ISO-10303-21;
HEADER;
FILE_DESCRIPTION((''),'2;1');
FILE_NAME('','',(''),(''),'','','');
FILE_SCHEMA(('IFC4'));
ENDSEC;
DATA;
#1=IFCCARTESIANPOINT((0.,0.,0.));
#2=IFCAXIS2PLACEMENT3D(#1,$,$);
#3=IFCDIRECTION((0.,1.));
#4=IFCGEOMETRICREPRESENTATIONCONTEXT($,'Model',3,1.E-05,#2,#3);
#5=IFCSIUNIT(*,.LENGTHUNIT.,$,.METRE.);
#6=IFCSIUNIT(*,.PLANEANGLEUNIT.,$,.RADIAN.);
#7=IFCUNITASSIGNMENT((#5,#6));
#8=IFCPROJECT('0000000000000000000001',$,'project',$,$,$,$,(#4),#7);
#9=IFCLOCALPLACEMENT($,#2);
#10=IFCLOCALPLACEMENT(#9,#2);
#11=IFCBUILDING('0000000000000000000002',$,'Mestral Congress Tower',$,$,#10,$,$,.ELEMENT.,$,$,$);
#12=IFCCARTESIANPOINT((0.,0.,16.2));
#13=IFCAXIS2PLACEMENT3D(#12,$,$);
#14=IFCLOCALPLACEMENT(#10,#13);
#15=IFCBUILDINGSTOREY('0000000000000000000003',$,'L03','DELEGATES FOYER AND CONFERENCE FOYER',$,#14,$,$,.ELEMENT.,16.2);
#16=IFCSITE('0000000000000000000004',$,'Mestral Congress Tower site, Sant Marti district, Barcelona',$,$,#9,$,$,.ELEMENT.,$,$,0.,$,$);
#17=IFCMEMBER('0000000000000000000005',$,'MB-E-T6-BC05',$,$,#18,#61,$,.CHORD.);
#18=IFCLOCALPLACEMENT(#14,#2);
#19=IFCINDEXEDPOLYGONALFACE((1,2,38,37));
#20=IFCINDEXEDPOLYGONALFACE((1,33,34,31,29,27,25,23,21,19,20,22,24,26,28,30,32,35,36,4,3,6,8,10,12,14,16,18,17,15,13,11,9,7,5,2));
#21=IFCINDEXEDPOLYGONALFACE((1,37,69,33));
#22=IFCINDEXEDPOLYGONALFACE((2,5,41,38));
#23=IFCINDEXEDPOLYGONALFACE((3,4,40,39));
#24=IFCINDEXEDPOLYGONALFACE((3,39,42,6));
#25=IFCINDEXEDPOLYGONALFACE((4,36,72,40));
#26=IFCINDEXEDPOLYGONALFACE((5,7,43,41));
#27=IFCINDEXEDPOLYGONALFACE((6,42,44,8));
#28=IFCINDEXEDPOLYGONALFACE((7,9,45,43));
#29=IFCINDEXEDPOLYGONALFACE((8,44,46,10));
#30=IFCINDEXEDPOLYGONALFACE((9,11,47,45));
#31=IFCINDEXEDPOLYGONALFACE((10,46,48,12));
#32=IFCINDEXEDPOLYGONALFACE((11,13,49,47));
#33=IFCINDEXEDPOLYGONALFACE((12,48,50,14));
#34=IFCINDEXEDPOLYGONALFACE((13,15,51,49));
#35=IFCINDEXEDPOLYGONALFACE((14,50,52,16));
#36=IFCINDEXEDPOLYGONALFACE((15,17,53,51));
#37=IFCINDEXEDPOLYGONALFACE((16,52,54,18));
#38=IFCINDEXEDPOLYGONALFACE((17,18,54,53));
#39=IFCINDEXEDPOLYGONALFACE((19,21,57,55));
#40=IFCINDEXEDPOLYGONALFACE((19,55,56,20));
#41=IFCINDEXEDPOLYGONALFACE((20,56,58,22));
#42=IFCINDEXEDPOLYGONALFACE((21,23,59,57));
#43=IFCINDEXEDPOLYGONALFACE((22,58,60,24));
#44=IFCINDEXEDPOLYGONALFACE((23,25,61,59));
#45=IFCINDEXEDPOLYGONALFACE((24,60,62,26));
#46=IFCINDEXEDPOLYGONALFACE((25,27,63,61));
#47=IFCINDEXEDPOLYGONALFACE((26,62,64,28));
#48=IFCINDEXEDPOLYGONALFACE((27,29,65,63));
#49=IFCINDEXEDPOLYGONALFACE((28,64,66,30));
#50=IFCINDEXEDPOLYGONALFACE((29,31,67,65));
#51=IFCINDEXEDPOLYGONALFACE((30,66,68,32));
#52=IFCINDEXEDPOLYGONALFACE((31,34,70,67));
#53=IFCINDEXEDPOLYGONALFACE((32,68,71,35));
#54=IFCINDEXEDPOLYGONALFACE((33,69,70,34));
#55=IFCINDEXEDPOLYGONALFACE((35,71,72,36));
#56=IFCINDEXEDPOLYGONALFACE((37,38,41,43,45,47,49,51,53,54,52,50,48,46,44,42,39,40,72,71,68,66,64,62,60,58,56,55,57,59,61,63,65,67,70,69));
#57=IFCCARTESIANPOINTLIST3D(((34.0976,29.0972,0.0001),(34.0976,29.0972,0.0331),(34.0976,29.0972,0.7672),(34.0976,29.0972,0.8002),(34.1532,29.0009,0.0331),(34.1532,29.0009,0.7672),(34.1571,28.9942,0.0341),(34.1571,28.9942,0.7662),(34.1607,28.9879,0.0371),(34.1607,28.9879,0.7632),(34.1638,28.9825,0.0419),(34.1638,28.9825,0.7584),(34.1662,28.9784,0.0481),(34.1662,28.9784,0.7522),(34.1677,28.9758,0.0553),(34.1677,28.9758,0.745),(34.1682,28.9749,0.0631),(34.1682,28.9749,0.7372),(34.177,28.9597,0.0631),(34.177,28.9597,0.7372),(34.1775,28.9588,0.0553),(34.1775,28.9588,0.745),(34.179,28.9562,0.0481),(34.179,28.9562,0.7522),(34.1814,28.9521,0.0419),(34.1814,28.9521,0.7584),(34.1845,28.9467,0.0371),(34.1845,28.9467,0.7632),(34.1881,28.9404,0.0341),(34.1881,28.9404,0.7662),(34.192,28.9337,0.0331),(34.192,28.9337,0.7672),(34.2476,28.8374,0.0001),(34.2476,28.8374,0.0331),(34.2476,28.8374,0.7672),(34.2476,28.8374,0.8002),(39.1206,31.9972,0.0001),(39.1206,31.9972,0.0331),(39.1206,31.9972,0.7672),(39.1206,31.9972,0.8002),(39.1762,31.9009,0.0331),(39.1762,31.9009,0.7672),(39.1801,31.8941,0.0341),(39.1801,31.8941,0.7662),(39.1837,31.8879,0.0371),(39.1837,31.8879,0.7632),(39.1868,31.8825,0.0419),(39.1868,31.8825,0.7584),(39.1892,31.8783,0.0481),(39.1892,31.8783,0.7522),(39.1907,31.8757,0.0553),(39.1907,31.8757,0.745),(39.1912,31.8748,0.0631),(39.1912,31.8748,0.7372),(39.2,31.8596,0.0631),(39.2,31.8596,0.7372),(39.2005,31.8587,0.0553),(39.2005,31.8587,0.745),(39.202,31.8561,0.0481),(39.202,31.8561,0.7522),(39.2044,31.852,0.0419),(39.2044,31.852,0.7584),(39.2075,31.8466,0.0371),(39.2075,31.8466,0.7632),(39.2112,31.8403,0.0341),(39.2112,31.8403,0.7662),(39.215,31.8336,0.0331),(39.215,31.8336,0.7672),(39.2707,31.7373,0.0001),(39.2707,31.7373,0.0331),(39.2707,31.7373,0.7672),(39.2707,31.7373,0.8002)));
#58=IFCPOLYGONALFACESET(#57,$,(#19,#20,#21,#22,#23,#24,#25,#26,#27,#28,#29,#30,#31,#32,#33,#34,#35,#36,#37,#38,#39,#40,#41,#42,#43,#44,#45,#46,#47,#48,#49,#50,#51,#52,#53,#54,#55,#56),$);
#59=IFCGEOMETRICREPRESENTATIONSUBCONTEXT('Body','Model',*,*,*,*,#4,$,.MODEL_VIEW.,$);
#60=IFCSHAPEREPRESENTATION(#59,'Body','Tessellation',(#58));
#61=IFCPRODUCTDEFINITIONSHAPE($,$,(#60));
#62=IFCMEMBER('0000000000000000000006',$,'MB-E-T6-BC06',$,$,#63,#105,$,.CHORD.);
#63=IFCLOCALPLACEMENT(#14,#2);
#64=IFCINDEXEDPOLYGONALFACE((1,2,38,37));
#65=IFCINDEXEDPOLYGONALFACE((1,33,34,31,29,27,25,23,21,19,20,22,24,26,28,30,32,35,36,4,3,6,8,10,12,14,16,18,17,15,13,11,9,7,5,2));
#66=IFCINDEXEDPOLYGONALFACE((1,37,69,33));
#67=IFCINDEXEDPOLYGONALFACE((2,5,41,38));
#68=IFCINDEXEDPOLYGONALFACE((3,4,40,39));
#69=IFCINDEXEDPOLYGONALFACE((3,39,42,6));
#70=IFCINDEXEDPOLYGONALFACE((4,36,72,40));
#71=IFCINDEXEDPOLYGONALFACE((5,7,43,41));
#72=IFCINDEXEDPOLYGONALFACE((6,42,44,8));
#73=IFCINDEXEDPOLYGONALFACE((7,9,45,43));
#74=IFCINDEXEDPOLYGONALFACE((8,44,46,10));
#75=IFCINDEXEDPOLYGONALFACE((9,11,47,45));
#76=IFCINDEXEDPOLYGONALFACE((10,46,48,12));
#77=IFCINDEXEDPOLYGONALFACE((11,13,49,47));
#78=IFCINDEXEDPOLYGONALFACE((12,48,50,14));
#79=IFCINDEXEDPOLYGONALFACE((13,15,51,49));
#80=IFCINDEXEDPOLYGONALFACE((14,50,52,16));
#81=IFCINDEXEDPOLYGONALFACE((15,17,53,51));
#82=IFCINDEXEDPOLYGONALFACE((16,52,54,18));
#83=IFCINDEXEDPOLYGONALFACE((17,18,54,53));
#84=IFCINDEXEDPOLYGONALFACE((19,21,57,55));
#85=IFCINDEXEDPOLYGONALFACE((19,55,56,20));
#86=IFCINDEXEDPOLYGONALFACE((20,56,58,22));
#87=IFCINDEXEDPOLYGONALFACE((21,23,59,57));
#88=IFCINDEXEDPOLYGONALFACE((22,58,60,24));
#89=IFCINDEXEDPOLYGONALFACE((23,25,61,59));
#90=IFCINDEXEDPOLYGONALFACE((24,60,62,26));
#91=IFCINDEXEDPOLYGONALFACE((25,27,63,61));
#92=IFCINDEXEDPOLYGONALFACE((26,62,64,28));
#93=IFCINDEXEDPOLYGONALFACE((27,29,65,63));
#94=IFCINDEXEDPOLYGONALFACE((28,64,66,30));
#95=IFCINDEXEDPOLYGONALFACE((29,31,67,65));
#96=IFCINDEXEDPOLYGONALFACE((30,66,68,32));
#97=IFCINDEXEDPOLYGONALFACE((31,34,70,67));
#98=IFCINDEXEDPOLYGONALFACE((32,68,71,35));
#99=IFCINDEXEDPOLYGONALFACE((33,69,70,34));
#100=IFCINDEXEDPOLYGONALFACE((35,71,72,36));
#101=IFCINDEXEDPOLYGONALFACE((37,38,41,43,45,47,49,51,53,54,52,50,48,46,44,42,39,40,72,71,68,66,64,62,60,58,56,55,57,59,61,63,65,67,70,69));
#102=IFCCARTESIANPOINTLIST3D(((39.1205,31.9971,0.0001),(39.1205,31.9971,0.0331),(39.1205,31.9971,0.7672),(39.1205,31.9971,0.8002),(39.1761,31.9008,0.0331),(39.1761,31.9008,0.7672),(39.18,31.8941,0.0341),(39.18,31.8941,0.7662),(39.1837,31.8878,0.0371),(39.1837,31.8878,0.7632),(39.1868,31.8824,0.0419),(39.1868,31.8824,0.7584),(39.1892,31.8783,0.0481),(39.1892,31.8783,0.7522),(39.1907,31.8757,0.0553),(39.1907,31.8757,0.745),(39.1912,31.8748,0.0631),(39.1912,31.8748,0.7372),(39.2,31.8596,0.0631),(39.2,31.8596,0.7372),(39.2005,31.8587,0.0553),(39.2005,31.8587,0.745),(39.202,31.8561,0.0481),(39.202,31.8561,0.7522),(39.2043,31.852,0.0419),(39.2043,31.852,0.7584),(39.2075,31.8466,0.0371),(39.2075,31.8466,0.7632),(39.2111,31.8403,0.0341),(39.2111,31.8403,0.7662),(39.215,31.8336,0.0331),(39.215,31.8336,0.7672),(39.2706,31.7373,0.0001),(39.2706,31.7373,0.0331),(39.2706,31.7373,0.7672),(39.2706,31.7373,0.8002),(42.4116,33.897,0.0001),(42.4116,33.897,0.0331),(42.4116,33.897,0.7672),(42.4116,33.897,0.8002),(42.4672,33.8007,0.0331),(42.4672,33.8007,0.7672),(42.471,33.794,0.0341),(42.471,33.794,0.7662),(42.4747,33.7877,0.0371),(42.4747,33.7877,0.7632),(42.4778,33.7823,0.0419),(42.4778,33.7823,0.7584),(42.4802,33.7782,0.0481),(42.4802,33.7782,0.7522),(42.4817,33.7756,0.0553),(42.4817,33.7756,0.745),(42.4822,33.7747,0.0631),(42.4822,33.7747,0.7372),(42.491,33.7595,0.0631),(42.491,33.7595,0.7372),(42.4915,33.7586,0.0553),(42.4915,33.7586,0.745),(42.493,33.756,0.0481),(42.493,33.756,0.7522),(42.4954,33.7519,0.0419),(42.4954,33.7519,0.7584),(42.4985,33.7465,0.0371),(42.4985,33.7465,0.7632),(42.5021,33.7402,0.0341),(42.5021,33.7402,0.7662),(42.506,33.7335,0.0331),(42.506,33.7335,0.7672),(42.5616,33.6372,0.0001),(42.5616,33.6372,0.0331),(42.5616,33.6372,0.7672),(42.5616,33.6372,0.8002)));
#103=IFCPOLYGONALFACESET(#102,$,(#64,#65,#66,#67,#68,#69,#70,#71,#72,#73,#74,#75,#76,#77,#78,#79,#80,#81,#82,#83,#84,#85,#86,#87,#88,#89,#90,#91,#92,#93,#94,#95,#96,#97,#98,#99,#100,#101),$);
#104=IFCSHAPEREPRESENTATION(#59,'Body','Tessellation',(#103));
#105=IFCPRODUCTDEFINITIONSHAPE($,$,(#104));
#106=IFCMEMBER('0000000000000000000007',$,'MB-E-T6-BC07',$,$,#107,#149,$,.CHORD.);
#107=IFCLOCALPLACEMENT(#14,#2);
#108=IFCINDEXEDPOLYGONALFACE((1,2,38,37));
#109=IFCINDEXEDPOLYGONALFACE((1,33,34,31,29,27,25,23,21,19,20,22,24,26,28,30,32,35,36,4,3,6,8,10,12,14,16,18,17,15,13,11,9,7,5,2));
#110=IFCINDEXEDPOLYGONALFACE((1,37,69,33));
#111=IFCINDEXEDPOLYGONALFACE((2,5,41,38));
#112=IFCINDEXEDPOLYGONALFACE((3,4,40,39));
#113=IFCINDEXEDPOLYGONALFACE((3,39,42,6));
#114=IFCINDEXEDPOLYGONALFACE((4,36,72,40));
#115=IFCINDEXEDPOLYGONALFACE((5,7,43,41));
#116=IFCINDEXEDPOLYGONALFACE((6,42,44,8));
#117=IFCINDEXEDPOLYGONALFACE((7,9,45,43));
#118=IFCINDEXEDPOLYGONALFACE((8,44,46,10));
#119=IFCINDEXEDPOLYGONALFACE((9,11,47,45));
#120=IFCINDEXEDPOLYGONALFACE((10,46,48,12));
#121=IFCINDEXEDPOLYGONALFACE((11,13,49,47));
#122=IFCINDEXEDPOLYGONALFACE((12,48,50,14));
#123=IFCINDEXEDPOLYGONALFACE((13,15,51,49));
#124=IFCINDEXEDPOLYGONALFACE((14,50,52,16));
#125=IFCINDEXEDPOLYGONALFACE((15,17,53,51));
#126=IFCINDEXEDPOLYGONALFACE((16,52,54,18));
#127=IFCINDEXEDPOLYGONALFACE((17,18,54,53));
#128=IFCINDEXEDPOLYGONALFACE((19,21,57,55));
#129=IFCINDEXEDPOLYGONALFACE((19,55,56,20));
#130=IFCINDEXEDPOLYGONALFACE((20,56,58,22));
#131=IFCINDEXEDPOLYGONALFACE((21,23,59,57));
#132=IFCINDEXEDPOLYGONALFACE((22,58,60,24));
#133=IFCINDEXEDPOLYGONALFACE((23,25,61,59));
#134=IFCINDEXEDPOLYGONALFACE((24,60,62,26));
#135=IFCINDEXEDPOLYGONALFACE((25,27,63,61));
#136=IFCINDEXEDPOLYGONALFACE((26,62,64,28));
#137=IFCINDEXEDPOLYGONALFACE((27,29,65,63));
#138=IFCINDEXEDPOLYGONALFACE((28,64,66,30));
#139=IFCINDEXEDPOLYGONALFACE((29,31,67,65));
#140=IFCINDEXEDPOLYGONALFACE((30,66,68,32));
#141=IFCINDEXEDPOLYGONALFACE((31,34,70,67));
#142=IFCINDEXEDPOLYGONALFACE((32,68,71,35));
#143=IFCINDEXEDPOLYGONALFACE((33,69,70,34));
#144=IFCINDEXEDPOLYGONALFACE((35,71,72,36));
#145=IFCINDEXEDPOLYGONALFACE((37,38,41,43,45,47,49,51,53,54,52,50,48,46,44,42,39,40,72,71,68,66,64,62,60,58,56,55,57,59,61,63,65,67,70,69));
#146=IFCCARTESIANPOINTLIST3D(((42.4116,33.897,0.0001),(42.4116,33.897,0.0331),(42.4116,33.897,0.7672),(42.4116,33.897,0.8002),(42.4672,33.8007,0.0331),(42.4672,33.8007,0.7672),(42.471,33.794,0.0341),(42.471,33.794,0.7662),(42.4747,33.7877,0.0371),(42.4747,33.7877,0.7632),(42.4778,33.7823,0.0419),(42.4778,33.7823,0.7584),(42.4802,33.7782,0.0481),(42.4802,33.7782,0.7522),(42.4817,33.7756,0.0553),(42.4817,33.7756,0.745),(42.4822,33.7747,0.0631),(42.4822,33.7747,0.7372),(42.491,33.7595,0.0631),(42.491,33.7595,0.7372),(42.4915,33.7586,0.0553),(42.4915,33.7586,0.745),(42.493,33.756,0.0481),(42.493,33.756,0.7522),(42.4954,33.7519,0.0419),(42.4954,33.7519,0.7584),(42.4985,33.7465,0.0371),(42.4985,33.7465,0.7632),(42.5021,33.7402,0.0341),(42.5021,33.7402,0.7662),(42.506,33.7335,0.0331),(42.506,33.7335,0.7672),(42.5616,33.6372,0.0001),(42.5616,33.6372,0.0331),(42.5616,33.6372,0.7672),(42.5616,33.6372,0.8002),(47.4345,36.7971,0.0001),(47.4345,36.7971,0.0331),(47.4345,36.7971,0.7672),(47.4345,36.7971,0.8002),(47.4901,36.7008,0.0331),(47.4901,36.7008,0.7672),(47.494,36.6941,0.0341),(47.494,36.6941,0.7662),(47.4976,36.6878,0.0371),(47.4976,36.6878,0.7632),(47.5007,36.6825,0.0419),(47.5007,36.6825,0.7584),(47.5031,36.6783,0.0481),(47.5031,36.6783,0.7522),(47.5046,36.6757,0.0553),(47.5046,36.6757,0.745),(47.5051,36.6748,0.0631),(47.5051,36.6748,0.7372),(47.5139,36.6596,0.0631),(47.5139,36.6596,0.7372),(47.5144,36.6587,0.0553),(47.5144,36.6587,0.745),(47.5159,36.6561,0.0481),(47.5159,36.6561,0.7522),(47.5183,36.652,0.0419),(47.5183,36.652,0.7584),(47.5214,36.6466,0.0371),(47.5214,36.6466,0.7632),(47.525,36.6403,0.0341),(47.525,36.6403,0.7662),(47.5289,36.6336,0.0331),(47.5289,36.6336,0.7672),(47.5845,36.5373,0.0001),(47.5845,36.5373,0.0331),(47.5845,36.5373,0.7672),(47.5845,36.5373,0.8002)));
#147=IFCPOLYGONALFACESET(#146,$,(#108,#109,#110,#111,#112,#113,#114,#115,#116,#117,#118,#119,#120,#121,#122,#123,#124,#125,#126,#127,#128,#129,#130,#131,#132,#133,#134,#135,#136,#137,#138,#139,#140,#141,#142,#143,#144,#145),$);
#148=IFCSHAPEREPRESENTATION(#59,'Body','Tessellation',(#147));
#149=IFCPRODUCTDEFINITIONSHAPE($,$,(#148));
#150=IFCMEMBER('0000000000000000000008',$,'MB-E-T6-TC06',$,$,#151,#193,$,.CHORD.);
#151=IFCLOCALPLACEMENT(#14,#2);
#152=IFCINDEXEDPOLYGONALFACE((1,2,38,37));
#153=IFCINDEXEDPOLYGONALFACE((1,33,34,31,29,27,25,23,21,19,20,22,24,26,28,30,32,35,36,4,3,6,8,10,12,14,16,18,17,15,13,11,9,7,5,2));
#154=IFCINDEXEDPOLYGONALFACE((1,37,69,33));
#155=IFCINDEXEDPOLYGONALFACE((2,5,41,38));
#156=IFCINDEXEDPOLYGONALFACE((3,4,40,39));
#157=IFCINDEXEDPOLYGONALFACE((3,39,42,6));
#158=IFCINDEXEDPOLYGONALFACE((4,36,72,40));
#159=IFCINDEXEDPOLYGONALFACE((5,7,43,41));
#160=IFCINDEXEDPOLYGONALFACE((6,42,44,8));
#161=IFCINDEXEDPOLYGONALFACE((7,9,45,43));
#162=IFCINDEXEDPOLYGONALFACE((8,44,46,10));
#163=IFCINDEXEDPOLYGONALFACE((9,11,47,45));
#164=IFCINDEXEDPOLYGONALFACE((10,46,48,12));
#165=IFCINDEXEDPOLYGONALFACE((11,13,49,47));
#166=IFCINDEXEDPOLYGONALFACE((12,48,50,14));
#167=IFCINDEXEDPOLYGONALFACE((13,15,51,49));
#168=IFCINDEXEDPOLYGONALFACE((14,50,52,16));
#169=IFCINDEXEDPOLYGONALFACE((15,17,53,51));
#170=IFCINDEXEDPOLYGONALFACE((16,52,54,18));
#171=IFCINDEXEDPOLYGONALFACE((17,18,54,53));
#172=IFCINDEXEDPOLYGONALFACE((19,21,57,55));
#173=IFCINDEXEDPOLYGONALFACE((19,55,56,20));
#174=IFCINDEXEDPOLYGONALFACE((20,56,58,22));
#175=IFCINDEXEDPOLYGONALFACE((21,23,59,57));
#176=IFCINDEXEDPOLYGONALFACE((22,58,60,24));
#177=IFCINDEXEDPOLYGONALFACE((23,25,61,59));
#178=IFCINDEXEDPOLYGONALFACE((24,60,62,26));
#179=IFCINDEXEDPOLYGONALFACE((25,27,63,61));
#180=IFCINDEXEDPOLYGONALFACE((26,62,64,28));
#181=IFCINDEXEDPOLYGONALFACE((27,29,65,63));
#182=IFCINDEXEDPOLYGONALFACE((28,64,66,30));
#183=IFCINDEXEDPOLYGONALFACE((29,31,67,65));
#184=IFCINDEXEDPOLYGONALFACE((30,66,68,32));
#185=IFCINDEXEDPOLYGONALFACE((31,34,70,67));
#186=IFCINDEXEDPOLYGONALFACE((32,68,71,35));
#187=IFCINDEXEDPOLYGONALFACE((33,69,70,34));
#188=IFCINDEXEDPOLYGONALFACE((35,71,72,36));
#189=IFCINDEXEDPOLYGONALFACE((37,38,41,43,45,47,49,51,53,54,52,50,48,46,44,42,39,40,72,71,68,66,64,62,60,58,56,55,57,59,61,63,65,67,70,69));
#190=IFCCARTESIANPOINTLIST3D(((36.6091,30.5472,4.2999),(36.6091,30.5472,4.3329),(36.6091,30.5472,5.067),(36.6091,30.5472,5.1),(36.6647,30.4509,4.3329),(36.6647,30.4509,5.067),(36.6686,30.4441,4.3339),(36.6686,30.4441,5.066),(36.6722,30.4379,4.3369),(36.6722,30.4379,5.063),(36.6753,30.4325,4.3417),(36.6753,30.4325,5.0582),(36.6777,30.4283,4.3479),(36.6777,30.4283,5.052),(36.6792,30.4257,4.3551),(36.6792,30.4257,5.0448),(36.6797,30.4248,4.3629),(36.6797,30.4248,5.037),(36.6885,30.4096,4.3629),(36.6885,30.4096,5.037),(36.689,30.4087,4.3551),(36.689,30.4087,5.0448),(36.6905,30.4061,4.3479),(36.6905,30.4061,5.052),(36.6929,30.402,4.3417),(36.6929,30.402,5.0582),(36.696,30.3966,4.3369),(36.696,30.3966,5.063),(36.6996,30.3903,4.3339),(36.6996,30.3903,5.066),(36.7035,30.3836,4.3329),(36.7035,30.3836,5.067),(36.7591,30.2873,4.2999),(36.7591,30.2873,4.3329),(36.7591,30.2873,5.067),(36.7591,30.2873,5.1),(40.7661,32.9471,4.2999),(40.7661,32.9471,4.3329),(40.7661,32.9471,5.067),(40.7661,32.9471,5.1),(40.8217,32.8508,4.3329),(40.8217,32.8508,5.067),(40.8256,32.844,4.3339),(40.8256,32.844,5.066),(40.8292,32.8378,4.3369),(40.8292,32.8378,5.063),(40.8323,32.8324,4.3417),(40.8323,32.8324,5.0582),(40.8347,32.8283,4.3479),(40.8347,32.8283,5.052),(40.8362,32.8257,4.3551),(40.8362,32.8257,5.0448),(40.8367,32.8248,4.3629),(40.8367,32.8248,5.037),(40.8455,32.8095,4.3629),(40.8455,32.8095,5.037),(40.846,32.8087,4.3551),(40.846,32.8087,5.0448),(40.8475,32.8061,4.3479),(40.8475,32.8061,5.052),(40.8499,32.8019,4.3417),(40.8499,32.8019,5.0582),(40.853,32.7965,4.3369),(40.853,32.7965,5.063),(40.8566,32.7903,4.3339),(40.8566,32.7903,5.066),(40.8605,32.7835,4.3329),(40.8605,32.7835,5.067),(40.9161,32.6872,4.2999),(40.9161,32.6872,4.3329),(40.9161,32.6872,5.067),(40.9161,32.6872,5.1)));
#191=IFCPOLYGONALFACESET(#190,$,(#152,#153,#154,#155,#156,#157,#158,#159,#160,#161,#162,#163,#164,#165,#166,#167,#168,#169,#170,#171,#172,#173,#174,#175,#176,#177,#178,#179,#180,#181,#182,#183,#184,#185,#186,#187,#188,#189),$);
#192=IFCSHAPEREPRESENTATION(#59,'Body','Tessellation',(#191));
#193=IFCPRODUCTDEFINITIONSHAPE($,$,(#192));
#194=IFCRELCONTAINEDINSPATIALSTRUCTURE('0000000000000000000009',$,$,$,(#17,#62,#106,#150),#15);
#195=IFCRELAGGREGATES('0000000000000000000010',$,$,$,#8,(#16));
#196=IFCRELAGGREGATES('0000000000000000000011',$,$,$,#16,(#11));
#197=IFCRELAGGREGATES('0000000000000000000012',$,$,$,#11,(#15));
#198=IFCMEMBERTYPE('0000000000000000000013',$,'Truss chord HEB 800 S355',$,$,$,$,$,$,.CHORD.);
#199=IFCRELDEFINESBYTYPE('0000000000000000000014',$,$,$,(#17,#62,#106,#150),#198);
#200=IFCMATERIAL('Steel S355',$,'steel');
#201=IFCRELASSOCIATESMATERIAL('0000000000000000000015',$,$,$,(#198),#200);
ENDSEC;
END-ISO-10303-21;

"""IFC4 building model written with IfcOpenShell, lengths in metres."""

from ifc_helpers import new_model, si_unit, direction, frame, origin, origin_2d, place, context, subcontext, project, spatial, i_section, extrude, material, material_profile, profile_set, type_object, element, save


model = new_model("IFC4")

# Units and contexts
model_context = context("Model", 3, precision=1e-05, world=origin(), true_north=direction((0.0, 1.0)))
body_context = subcontext(model_context, "Body", "Model", "MODEL_VIEW")
ifc_project = project(units=[si_unit("LENGTHUNIT", "METRE"), si_unit("PLANEANGLEUNIT", "RADIAN")], contexts=[model_context])

# Site, building, storey
site_placement = place(None, origin())
site = spatial("IfcSite", under=ifc_project, at=site_placement, Name="Mestral Congress Tower site, Sant Marti district, Barcelona", CompositionType="ELEMENT", RefElevation=0.0)
building_placement = place(site_placement, origin())
building = spatial("IfcBuilding", under=site, at=building_placement, Name="Mestral Congress Tower", CompositionType="ELEMENT")
storey_placement = place(building_placement, frame((0.0, 0.0, 16.2)))
storey = spatial("IfcBuildingStorey", under=building, at=storey_placement, Name="L03", Description="DELEGATES FOYER AND CONFERENCE FOYER", CompositionType="ELEMENT", Elevation=16.2)

# Members
ifc_material = material(Name="Steel S355", Category="steel")
ifc_material_profile_1 = material_profile(ifc_material, i_section(OverallWidth=0.3, OverallDepth=0.8, WebThickness=0.0176, FlangeThickness=0.033, FilletRadius=0.03, at=origin_2d()), Name="HEB 800")
ifc_profile_set_1 = profile_set([ifc_material_profile_1], Name="Steel S355")
member_type_1 = type_object("IfcMemberType", Name="Truss chord HEB 800 S355", PredefinedType="CHORD", material=ifc_profile_set_1)
member_1_placement = place(storey_placement, frame((34.1726, 28.9673, 0.4001), z_axis=(0.866033, 0.499987, 0.0), x_axis=(-0.499987, 0.866033, 0.0)))
element("IfcMember", 1, at=member_1_placement, inside=storey, type_object=member_type_1, Name="MB-E-T6-BC05", PredefinedType="CHORD", context=body_context, shape_type="SweptSolid", body=[
    extrude(i_section(OverallWidth=0.3, OverallDepth=0.8, WebThickness=0.0176, FlangeThickness=0.033, FilletRadius=0.03, at=origin_2d()), origin(), (0.0, 0.0, 1.0), 5.8),
])
member_2_placement = place(storey_placement, frame((39.1956, 31.8672, 0.4001), z_axis=(0.866044, 0.499967, 0.0), x_axis=(-0.499967, 0.866044, 0.0)))
element("IfcMember", 2, at=member_2_placement, inside=storey, type_object=member_type_1, Name="MB-E-T6-BC06", PredefinedType="CHORD", context=body_context, shape_type="SweptSolid", body=[
    extrude(i_section(OverallWidth=0.3, OverallDepth=0.8, WebThickness=0.0176, FlangeThickness=0.033, FilletRadius=0.03, at=origin_2d()), origin(), (0.0, 0.0, 1.0), 3.8),
])
member_3_placement = place(storey_placement, frame((42.4866, 33.7671, 0.4001), z_axis=(0.866015, 0.500019, 0.0), x_axis=(-0.500019, 0.866015, 0.0)))
element("IfcMember", 3, at=member_3_placement, inside=storey, type_object=member_type_1, Name="MB-E-T6-BC07", PredefinedType="CHORD", context=body_context, shape_type="SweptSolid", body=[
    extrude(i_section(OverallWidth=0.3, OverallDepth=0.8, WebThickness=0.0176, FlangeThickness=0.033, FilletRadius=0.03, at=origin_2d()), origin(), (0.0, 0.0, 1.0), 5.8),
])
for number, where, z_axis, x_axis, name in (
    (4, (36.6841, 30.4172, 4.7), (0.866037, 0.499979, 0.0), (-0.499979, 0.866037, 0.0), "MB-E-T6-TC06"),
):
    element("IfcMember", number, at=place(storey_placement, frame(where, z_axis=z_axis, x_axis=x_axis)), inside=storey, type_object=member_type_1, Name=name, PredefinedType="CHORD", context=body_context, shape_type="SweptSolid", body=[
        extrude(i_section(OverallWidth=0.3, OverallDepth=0.8, WebThickness=0.0176, FlangeThickness=0.033, FilletRadius=0.03, at=origin_2d()), origin(), (0.0, 0.0, 1.0), 4.8),
    ])

save(model, "model.ifc")
